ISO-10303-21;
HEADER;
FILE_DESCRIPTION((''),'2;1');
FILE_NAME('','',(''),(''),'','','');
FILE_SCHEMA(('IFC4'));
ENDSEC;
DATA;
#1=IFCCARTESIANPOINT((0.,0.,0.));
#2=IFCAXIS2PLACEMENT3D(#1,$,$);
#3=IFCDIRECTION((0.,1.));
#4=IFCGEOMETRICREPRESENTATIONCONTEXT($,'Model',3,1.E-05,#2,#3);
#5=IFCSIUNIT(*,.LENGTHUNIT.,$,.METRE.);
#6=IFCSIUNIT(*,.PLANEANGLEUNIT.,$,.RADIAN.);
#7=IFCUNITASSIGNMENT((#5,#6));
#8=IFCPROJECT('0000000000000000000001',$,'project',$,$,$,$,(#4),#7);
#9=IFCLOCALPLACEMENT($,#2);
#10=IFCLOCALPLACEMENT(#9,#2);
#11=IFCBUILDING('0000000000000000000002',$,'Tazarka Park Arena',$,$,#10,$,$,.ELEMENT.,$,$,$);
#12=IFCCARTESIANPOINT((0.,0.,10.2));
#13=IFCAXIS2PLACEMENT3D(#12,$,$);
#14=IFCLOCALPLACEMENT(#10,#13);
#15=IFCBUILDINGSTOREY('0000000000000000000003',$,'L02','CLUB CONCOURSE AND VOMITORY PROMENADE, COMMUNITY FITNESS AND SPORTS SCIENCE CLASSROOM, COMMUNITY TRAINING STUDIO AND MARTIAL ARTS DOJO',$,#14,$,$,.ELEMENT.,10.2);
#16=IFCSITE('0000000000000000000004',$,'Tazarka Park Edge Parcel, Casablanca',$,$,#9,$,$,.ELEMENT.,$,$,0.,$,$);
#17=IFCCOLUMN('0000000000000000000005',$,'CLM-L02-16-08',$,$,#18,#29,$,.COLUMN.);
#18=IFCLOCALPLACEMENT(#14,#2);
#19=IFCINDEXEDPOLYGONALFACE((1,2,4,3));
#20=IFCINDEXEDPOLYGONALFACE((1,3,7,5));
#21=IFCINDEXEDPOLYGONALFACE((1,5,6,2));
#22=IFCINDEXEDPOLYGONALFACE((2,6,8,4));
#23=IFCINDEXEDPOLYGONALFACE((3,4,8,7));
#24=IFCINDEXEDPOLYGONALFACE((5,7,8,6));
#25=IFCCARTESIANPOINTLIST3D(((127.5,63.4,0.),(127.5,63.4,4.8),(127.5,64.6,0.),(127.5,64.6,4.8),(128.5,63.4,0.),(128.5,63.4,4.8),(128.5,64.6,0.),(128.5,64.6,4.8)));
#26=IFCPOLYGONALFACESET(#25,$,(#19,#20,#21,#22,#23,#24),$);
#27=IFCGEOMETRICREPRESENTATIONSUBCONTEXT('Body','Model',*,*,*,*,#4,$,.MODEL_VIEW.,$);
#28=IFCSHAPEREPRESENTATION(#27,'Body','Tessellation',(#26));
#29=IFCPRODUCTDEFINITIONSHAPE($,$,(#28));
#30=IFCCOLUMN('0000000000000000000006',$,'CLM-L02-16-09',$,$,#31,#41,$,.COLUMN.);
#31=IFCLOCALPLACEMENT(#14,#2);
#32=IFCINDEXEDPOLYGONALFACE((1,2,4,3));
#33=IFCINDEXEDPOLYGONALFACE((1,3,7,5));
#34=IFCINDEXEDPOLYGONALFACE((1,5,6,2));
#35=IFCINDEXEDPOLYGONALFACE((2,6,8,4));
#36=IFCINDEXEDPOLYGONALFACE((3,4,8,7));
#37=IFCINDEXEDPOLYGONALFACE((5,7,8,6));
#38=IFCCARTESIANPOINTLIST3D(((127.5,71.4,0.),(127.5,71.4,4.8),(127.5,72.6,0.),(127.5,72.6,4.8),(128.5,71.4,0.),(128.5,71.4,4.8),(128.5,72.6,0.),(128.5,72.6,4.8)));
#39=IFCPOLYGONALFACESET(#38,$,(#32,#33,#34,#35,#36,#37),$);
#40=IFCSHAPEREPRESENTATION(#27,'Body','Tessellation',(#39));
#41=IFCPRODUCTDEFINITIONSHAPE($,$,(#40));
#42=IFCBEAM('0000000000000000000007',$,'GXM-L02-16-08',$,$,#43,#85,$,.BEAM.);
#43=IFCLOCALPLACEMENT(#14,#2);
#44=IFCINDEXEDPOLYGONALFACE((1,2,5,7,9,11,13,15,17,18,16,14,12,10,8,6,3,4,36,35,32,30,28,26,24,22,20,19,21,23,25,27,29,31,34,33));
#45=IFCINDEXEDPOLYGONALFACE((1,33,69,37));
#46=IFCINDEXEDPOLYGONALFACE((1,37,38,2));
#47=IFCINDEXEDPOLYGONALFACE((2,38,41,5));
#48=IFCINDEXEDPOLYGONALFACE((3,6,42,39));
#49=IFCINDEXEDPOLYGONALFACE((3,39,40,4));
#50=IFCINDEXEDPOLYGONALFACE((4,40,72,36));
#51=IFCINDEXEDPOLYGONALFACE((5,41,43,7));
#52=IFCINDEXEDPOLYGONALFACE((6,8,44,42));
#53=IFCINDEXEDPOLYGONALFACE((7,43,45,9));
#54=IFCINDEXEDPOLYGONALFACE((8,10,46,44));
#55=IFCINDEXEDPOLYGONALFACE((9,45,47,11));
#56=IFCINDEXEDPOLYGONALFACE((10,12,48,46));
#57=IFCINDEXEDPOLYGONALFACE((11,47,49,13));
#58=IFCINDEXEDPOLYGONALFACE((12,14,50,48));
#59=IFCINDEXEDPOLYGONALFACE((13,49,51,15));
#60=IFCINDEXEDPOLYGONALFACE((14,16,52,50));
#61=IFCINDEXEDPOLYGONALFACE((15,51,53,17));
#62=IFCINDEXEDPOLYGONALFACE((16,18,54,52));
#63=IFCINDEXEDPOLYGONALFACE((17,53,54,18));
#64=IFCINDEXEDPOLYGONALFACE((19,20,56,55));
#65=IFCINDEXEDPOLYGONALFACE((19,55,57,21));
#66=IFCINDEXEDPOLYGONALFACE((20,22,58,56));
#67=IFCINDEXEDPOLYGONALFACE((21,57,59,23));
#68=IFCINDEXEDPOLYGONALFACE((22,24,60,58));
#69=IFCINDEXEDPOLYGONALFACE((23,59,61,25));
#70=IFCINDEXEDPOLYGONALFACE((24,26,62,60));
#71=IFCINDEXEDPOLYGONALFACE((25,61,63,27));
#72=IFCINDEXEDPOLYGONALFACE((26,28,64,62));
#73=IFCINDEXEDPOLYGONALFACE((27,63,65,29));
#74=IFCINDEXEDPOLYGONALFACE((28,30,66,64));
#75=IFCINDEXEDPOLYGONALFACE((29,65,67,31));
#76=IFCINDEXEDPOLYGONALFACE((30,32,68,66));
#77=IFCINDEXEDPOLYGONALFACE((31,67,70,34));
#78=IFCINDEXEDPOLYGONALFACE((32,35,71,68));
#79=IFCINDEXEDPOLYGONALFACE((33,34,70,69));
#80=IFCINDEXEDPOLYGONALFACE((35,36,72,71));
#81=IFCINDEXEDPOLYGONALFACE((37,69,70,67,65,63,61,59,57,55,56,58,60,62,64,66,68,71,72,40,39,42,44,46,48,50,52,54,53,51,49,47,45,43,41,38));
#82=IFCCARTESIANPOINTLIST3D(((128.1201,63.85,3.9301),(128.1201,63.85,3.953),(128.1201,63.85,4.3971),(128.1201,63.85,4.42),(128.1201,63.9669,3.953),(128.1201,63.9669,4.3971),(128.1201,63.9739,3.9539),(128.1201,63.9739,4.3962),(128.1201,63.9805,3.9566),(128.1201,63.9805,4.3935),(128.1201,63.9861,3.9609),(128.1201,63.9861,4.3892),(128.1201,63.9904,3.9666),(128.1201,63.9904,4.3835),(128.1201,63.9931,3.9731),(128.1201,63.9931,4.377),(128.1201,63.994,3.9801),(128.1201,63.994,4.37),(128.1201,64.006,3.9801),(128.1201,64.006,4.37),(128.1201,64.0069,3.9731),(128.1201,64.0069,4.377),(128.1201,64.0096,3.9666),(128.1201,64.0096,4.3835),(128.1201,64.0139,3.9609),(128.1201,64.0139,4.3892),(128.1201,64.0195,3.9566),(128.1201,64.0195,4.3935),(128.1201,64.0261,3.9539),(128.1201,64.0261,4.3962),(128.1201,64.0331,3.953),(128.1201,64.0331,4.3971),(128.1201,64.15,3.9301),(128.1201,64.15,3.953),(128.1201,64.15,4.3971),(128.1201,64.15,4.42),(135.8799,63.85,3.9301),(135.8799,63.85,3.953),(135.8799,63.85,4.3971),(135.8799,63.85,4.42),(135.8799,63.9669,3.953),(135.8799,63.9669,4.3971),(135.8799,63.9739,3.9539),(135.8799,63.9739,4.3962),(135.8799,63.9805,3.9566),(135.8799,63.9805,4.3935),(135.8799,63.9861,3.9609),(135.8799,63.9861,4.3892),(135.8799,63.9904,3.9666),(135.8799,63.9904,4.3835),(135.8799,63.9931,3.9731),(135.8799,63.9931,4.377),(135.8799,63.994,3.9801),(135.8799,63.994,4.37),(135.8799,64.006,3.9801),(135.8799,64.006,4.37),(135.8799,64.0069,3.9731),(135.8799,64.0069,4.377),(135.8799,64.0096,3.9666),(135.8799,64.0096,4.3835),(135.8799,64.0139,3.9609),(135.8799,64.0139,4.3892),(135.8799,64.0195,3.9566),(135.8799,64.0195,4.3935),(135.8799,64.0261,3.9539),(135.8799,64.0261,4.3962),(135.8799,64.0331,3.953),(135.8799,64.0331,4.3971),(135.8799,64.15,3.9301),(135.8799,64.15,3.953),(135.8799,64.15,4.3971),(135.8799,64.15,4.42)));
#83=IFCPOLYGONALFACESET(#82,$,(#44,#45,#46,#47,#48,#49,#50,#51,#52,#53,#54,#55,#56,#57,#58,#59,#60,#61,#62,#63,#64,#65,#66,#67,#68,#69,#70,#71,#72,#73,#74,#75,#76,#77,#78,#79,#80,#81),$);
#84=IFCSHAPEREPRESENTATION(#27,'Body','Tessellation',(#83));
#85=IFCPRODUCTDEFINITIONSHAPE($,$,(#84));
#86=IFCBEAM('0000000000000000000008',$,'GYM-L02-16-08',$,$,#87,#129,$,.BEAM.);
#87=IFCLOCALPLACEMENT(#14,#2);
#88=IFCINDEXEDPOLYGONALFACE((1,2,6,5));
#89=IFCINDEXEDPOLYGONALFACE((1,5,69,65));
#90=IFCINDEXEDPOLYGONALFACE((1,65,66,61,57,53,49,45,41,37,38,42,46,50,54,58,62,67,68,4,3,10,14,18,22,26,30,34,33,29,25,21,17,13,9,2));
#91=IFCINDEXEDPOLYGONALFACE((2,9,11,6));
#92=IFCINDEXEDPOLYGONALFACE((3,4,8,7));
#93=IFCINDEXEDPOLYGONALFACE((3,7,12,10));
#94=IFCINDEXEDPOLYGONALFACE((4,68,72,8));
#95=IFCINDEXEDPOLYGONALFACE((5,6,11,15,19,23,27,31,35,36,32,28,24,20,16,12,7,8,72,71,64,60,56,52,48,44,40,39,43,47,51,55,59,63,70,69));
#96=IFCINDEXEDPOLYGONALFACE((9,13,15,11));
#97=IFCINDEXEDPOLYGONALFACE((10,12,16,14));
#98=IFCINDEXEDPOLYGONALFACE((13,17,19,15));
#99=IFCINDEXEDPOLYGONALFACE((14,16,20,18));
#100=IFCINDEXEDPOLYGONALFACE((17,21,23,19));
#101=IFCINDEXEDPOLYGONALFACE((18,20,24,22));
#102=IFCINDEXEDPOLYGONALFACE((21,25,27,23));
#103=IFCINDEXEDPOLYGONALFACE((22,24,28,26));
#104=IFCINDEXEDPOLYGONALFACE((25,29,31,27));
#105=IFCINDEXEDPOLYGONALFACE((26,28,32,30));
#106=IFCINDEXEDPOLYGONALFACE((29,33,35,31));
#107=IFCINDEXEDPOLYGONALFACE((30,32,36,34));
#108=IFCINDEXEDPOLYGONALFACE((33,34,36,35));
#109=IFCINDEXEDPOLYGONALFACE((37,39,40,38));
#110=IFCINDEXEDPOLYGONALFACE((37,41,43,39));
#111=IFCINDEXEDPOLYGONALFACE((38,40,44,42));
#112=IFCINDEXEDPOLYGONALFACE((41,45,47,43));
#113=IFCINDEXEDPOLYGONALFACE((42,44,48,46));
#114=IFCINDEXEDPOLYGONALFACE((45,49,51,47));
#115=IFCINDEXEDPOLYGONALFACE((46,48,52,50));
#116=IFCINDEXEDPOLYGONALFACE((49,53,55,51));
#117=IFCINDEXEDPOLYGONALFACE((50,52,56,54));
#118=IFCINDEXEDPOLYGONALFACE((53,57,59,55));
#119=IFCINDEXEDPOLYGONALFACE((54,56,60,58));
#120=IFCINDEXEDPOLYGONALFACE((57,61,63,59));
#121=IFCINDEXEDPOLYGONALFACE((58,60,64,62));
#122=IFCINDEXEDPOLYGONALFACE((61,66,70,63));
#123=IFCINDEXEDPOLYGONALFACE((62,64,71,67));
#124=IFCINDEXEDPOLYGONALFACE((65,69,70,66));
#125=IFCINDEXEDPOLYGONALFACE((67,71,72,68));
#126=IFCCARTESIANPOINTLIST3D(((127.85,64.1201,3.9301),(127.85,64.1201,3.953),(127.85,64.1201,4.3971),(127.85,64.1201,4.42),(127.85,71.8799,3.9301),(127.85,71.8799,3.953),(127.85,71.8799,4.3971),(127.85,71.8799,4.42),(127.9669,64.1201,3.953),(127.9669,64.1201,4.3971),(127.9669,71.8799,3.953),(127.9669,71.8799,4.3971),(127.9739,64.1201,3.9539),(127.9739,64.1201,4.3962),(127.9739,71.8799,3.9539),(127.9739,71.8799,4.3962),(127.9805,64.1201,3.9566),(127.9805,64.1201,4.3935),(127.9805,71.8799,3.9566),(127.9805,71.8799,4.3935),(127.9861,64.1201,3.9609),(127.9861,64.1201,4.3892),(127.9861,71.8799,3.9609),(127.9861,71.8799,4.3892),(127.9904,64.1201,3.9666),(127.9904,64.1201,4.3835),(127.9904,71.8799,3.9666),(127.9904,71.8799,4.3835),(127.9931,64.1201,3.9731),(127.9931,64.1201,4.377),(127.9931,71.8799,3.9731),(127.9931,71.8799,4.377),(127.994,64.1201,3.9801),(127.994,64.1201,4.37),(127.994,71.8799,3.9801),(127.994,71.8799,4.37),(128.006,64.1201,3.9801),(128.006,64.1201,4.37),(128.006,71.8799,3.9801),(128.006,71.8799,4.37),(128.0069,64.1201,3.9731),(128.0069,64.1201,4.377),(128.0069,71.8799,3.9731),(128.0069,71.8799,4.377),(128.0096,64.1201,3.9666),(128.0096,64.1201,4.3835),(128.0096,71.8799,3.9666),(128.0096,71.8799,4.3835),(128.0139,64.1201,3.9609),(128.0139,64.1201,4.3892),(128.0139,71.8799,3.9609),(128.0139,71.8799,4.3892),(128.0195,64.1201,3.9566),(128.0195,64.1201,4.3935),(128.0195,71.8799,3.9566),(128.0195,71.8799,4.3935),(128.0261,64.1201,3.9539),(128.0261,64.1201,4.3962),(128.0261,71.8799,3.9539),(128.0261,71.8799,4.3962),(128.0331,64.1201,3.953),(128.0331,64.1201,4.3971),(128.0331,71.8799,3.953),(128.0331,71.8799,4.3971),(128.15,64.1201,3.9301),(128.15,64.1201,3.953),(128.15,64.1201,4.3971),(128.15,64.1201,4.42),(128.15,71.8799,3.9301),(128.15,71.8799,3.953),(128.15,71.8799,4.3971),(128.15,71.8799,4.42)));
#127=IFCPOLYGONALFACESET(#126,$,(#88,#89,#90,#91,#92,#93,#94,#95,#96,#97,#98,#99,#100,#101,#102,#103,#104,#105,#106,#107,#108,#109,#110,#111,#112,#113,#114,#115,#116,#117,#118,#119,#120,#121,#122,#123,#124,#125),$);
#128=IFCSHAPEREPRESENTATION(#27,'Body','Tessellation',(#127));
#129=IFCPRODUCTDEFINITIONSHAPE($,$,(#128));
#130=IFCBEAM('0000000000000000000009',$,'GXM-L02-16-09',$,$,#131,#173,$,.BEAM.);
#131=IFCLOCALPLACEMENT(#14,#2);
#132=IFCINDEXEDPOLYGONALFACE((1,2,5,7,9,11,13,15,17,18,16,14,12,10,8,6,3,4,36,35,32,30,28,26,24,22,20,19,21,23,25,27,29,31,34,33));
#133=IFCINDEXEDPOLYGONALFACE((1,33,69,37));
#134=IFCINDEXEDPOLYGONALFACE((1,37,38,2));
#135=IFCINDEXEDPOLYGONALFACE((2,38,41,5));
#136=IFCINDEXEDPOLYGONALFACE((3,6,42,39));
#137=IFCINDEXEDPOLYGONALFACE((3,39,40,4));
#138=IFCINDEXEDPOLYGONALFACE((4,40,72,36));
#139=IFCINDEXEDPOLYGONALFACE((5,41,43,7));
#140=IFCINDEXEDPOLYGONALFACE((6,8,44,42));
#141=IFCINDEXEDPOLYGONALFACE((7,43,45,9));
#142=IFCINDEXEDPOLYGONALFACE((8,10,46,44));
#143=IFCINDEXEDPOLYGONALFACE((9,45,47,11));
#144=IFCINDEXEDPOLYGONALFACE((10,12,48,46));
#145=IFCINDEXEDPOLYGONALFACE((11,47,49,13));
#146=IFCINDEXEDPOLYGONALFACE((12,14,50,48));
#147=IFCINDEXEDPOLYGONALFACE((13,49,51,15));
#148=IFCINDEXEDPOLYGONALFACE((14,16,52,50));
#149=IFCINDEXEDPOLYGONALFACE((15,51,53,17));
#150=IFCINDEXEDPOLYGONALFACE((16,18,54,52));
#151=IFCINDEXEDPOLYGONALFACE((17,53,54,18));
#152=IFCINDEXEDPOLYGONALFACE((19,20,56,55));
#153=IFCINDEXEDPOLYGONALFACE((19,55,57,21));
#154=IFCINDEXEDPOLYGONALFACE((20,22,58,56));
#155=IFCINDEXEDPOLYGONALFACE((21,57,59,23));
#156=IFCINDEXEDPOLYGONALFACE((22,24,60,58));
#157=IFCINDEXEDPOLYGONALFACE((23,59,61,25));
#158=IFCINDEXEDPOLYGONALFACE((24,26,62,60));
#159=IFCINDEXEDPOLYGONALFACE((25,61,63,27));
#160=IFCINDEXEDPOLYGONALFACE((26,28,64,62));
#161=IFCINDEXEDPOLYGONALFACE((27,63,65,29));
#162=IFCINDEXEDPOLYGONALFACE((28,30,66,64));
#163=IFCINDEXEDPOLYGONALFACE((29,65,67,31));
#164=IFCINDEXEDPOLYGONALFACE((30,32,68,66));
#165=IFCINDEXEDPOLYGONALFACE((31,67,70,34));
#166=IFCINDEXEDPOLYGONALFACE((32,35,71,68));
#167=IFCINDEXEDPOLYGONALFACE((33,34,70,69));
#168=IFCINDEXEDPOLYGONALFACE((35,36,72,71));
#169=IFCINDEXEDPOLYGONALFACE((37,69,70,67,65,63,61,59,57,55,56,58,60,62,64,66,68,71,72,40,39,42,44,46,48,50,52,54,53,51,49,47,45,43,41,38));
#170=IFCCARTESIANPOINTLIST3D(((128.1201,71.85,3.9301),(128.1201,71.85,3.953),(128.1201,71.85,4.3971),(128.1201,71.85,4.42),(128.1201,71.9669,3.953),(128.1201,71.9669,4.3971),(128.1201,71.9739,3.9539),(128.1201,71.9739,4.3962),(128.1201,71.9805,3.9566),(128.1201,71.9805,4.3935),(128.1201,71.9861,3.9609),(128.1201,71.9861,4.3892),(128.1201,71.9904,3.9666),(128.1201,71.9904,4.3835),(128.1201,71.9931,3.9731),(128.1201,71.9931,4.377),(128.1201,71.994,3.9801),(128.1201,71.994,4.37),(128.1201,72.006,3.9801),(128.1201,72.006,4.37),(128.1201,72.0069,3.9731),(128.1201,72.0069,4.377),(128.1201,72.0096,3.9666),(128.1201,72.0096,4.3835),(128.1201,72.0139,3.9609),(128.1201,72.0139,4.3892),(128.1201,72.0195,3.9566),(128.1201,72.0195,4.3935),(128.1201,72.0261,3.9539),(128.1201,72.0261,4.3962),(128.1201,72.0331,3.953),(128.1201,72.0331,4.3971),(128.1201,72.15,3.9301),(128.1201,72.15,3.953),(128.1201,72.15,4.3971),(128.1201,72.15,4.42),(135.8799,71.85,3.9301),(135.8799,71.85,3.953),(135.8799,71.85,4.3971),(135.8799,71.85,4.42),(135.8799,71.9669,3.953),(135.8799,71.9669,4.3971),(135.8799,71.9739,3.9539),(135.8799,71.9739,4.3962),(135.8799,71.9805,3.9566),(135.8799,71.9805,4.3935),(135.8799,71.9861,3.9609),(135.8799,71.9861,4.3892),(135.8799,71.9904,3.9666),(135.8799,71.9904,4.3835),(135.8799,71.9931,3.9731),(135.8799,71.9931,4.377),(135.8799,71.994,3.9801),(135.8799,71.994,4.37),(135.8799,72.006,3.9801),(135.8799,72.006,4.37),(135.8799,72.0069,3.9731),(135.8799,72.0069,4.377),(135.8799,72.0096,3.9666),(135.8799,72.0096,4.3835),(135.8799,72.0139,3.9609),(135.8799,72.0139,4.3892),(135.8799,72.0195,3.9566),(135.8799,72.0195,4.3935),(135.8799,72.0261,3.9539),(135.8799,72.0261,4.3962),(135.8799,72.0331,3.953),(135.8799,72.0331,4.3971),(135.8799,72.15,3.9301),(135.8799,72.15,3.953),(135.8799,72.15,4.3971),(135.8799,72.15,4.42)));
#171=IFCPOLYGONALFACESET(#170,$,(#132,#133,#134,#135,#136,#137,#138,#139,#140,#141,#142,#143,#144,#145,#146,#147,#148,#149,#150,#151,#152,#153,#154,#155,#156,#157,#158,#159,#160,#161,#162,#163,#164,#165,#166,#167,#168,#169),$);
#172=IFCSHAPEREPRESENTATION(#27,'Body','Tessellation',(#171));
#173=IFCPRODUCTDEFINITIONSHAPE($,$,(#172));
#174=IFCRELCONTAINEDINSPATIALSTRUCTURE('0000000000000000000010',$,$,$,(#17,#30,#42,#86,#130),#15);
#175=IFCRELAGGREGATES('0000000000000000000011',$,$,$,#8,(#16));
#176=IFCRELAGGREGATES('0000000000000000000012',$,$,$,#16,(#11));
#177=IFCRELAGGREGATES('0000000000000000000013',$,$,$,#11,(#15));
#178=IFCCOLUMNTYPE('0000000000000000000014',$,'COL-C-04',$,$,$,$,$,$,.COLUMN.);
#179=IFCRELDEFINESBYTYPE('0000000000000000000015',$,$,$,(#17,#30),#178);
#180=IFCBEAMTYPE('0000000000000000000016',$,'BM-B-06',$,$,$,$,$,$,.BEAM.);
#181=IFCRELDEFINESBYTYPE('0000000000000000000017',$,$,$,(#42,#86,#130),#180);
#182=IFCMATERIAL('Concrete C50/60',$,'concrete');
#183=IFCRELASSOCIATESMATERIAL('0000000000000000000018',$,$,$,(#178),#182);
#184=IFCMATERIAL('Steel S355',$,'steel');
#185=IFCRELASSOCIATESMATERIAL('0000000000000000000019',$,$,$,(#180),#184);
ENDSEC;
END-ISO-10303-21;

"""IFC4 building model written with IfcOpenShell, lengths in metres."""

from ifc_helpers import new_model, si_unit, direction, frame, origin, origin_2d, place, context, subcontext, project, spatial, rectangle, i_section, extrude, material, material_profile, profile_set, type_object, element, save


model = new_model("IFC4")

# Units and contexts
model_context = context("Model", 3, precision=1e-05, world=origin(), true_north=direction((0.0, 1.0)))
body_context = subcontext(model_context, "Body", "Model", "MODEL_VIEW")
ifc_project = project(units=[si_unit("LENGTHUNIT", "METRE"), si_unit("PLANEANGLEUNIT", "RADIAN")], contexts=[model_context])

# Site, building, storey
site_placement = place(None, origin())
site = spatial("IfcSite", under=ifc_project, at=site_placement, Name="Tazarka Park Edge Parcel, Casablanca", CompositionType="ELEMENT", RefElevation=0.0)
building_placement = place(site_placement, origin())
building = spatial("IfcBuilding", under=site, at=building_placement, Name="Tazarka Park Arena", CompositionType="ELEMENT")
storey_placement = place(building_placement, frame((0.0, 0.0, 10.2)))
storey = spatial("IfcBuildingStorey", under=building, at=storey_placement, Name="L02", Description="CLUB CONCOURSE AND VOMITORY PROMENADE, COMMUNITY FITNESS AND SPORTS SCIENCE CLASSROOM, COMMUNITY TRAINING STUDIO AND MARTIAL ARTS DOJO", CompositionType="ELEMENT", Elevation=10.2)

# Columns
ifc_material_1 = material(Name="Concrete C50/60", Category="concrete")
ifc_material_profile_1 = material_profile(ifc_material_1, rectangle(XDim=1.0, YDim=1.2, at=origin_2d()), Name="Concrete C50/60")
ifc_profile_set_1 = profile_set([ifc_material_profile_1], Name="Concrete C50/60")
column_type = type_object("IfcColumnType", Name="COL-C-04", PredefinedType="COLUMN", material=ifc_profile_set_1)
for number, where, z_axis, x_axis, name in (
    (1, (128.0, 64.0, 0.0), (0.0, 0.0, 1.0), (1.0, 0.0, 0.0), "CLM-L02-16-08"),
    (2, (128.0, 72.0, 0.0), (0.0, 0.0, 1.0), (1.0, 0.0, 0.0), "CLM-L02-16-09"),
):
    element("IfcColumn", number, at=place(storey_placement, frame(where, z_axis=z_axis, x_axis=x_axis)), inside=storey, type_object=column_type, Name=name, PredefinedType="COLUMN", context=body_context, shape_type="SweptSolid", body=[
        extrude(rectangle(XDim=1.0, YDim=1.2, at=origin_2d()), origin(), (0.0, 0.0, 1.0), 4.8),
    ])

# Beams
ifc_material_2 = material(Name="Steel S355", Category="steel")
ifc_material_profile_2 = material_profile(ifc_material_2, i_section(OverallWidth=0.3, OverallDepth=0.49, WebThickness=0.012, FlangeThickness=0.0229, FilletRadius=0.0271, at=origin_2d()), Name="Steel S355")
ifc_profile_set_2 = profile_set([ifc_material_profile_2], Name="Steel S355")
beam_type = type_object("IfcBeamType", Name="BM-B-06", PredefinedType="BEAM", material=ifc_profile_set_2)
for number, where, z_axis, x_axis, name in (
    (3, (128.1201, 64.0, 4.175), (1.0, 0.0, 0.0), (0.0, 1.0, 0.0), "GXM-L02-16-08"),
    (4, (128.0, 64.1201, 4.175), (0.0, 1.0, 0.0), (-1.0, 0.0, 0.0), "GYM-L02-16-08"),
    (5, (128.1201, 72.0, 4.175), (1.0, 0.0, 0.0), (0.0, 1.0, 0.0), "GXM-L02-16-09"),
):
    element("IfcBeam", number, at=place(storey_placement, frame(where, z_axis=z_axis, x_axis=x_axis)), inside=storey, type_object=beam_type, Name=name, PredefinedType="BEAM", context=body_context, shape_type="SweptSolid", body=[
        extrude(i_section(OverallWidth=0.3, OverallDepth=0.49, WebThickness=0.012, FlangeThickness=0.0229, FilletRadius=0.0271, at=origin_2d()), origin(), (0.0, 0.0, 1.0), 7.7598),
    ])

save(model, "model.ifc")
